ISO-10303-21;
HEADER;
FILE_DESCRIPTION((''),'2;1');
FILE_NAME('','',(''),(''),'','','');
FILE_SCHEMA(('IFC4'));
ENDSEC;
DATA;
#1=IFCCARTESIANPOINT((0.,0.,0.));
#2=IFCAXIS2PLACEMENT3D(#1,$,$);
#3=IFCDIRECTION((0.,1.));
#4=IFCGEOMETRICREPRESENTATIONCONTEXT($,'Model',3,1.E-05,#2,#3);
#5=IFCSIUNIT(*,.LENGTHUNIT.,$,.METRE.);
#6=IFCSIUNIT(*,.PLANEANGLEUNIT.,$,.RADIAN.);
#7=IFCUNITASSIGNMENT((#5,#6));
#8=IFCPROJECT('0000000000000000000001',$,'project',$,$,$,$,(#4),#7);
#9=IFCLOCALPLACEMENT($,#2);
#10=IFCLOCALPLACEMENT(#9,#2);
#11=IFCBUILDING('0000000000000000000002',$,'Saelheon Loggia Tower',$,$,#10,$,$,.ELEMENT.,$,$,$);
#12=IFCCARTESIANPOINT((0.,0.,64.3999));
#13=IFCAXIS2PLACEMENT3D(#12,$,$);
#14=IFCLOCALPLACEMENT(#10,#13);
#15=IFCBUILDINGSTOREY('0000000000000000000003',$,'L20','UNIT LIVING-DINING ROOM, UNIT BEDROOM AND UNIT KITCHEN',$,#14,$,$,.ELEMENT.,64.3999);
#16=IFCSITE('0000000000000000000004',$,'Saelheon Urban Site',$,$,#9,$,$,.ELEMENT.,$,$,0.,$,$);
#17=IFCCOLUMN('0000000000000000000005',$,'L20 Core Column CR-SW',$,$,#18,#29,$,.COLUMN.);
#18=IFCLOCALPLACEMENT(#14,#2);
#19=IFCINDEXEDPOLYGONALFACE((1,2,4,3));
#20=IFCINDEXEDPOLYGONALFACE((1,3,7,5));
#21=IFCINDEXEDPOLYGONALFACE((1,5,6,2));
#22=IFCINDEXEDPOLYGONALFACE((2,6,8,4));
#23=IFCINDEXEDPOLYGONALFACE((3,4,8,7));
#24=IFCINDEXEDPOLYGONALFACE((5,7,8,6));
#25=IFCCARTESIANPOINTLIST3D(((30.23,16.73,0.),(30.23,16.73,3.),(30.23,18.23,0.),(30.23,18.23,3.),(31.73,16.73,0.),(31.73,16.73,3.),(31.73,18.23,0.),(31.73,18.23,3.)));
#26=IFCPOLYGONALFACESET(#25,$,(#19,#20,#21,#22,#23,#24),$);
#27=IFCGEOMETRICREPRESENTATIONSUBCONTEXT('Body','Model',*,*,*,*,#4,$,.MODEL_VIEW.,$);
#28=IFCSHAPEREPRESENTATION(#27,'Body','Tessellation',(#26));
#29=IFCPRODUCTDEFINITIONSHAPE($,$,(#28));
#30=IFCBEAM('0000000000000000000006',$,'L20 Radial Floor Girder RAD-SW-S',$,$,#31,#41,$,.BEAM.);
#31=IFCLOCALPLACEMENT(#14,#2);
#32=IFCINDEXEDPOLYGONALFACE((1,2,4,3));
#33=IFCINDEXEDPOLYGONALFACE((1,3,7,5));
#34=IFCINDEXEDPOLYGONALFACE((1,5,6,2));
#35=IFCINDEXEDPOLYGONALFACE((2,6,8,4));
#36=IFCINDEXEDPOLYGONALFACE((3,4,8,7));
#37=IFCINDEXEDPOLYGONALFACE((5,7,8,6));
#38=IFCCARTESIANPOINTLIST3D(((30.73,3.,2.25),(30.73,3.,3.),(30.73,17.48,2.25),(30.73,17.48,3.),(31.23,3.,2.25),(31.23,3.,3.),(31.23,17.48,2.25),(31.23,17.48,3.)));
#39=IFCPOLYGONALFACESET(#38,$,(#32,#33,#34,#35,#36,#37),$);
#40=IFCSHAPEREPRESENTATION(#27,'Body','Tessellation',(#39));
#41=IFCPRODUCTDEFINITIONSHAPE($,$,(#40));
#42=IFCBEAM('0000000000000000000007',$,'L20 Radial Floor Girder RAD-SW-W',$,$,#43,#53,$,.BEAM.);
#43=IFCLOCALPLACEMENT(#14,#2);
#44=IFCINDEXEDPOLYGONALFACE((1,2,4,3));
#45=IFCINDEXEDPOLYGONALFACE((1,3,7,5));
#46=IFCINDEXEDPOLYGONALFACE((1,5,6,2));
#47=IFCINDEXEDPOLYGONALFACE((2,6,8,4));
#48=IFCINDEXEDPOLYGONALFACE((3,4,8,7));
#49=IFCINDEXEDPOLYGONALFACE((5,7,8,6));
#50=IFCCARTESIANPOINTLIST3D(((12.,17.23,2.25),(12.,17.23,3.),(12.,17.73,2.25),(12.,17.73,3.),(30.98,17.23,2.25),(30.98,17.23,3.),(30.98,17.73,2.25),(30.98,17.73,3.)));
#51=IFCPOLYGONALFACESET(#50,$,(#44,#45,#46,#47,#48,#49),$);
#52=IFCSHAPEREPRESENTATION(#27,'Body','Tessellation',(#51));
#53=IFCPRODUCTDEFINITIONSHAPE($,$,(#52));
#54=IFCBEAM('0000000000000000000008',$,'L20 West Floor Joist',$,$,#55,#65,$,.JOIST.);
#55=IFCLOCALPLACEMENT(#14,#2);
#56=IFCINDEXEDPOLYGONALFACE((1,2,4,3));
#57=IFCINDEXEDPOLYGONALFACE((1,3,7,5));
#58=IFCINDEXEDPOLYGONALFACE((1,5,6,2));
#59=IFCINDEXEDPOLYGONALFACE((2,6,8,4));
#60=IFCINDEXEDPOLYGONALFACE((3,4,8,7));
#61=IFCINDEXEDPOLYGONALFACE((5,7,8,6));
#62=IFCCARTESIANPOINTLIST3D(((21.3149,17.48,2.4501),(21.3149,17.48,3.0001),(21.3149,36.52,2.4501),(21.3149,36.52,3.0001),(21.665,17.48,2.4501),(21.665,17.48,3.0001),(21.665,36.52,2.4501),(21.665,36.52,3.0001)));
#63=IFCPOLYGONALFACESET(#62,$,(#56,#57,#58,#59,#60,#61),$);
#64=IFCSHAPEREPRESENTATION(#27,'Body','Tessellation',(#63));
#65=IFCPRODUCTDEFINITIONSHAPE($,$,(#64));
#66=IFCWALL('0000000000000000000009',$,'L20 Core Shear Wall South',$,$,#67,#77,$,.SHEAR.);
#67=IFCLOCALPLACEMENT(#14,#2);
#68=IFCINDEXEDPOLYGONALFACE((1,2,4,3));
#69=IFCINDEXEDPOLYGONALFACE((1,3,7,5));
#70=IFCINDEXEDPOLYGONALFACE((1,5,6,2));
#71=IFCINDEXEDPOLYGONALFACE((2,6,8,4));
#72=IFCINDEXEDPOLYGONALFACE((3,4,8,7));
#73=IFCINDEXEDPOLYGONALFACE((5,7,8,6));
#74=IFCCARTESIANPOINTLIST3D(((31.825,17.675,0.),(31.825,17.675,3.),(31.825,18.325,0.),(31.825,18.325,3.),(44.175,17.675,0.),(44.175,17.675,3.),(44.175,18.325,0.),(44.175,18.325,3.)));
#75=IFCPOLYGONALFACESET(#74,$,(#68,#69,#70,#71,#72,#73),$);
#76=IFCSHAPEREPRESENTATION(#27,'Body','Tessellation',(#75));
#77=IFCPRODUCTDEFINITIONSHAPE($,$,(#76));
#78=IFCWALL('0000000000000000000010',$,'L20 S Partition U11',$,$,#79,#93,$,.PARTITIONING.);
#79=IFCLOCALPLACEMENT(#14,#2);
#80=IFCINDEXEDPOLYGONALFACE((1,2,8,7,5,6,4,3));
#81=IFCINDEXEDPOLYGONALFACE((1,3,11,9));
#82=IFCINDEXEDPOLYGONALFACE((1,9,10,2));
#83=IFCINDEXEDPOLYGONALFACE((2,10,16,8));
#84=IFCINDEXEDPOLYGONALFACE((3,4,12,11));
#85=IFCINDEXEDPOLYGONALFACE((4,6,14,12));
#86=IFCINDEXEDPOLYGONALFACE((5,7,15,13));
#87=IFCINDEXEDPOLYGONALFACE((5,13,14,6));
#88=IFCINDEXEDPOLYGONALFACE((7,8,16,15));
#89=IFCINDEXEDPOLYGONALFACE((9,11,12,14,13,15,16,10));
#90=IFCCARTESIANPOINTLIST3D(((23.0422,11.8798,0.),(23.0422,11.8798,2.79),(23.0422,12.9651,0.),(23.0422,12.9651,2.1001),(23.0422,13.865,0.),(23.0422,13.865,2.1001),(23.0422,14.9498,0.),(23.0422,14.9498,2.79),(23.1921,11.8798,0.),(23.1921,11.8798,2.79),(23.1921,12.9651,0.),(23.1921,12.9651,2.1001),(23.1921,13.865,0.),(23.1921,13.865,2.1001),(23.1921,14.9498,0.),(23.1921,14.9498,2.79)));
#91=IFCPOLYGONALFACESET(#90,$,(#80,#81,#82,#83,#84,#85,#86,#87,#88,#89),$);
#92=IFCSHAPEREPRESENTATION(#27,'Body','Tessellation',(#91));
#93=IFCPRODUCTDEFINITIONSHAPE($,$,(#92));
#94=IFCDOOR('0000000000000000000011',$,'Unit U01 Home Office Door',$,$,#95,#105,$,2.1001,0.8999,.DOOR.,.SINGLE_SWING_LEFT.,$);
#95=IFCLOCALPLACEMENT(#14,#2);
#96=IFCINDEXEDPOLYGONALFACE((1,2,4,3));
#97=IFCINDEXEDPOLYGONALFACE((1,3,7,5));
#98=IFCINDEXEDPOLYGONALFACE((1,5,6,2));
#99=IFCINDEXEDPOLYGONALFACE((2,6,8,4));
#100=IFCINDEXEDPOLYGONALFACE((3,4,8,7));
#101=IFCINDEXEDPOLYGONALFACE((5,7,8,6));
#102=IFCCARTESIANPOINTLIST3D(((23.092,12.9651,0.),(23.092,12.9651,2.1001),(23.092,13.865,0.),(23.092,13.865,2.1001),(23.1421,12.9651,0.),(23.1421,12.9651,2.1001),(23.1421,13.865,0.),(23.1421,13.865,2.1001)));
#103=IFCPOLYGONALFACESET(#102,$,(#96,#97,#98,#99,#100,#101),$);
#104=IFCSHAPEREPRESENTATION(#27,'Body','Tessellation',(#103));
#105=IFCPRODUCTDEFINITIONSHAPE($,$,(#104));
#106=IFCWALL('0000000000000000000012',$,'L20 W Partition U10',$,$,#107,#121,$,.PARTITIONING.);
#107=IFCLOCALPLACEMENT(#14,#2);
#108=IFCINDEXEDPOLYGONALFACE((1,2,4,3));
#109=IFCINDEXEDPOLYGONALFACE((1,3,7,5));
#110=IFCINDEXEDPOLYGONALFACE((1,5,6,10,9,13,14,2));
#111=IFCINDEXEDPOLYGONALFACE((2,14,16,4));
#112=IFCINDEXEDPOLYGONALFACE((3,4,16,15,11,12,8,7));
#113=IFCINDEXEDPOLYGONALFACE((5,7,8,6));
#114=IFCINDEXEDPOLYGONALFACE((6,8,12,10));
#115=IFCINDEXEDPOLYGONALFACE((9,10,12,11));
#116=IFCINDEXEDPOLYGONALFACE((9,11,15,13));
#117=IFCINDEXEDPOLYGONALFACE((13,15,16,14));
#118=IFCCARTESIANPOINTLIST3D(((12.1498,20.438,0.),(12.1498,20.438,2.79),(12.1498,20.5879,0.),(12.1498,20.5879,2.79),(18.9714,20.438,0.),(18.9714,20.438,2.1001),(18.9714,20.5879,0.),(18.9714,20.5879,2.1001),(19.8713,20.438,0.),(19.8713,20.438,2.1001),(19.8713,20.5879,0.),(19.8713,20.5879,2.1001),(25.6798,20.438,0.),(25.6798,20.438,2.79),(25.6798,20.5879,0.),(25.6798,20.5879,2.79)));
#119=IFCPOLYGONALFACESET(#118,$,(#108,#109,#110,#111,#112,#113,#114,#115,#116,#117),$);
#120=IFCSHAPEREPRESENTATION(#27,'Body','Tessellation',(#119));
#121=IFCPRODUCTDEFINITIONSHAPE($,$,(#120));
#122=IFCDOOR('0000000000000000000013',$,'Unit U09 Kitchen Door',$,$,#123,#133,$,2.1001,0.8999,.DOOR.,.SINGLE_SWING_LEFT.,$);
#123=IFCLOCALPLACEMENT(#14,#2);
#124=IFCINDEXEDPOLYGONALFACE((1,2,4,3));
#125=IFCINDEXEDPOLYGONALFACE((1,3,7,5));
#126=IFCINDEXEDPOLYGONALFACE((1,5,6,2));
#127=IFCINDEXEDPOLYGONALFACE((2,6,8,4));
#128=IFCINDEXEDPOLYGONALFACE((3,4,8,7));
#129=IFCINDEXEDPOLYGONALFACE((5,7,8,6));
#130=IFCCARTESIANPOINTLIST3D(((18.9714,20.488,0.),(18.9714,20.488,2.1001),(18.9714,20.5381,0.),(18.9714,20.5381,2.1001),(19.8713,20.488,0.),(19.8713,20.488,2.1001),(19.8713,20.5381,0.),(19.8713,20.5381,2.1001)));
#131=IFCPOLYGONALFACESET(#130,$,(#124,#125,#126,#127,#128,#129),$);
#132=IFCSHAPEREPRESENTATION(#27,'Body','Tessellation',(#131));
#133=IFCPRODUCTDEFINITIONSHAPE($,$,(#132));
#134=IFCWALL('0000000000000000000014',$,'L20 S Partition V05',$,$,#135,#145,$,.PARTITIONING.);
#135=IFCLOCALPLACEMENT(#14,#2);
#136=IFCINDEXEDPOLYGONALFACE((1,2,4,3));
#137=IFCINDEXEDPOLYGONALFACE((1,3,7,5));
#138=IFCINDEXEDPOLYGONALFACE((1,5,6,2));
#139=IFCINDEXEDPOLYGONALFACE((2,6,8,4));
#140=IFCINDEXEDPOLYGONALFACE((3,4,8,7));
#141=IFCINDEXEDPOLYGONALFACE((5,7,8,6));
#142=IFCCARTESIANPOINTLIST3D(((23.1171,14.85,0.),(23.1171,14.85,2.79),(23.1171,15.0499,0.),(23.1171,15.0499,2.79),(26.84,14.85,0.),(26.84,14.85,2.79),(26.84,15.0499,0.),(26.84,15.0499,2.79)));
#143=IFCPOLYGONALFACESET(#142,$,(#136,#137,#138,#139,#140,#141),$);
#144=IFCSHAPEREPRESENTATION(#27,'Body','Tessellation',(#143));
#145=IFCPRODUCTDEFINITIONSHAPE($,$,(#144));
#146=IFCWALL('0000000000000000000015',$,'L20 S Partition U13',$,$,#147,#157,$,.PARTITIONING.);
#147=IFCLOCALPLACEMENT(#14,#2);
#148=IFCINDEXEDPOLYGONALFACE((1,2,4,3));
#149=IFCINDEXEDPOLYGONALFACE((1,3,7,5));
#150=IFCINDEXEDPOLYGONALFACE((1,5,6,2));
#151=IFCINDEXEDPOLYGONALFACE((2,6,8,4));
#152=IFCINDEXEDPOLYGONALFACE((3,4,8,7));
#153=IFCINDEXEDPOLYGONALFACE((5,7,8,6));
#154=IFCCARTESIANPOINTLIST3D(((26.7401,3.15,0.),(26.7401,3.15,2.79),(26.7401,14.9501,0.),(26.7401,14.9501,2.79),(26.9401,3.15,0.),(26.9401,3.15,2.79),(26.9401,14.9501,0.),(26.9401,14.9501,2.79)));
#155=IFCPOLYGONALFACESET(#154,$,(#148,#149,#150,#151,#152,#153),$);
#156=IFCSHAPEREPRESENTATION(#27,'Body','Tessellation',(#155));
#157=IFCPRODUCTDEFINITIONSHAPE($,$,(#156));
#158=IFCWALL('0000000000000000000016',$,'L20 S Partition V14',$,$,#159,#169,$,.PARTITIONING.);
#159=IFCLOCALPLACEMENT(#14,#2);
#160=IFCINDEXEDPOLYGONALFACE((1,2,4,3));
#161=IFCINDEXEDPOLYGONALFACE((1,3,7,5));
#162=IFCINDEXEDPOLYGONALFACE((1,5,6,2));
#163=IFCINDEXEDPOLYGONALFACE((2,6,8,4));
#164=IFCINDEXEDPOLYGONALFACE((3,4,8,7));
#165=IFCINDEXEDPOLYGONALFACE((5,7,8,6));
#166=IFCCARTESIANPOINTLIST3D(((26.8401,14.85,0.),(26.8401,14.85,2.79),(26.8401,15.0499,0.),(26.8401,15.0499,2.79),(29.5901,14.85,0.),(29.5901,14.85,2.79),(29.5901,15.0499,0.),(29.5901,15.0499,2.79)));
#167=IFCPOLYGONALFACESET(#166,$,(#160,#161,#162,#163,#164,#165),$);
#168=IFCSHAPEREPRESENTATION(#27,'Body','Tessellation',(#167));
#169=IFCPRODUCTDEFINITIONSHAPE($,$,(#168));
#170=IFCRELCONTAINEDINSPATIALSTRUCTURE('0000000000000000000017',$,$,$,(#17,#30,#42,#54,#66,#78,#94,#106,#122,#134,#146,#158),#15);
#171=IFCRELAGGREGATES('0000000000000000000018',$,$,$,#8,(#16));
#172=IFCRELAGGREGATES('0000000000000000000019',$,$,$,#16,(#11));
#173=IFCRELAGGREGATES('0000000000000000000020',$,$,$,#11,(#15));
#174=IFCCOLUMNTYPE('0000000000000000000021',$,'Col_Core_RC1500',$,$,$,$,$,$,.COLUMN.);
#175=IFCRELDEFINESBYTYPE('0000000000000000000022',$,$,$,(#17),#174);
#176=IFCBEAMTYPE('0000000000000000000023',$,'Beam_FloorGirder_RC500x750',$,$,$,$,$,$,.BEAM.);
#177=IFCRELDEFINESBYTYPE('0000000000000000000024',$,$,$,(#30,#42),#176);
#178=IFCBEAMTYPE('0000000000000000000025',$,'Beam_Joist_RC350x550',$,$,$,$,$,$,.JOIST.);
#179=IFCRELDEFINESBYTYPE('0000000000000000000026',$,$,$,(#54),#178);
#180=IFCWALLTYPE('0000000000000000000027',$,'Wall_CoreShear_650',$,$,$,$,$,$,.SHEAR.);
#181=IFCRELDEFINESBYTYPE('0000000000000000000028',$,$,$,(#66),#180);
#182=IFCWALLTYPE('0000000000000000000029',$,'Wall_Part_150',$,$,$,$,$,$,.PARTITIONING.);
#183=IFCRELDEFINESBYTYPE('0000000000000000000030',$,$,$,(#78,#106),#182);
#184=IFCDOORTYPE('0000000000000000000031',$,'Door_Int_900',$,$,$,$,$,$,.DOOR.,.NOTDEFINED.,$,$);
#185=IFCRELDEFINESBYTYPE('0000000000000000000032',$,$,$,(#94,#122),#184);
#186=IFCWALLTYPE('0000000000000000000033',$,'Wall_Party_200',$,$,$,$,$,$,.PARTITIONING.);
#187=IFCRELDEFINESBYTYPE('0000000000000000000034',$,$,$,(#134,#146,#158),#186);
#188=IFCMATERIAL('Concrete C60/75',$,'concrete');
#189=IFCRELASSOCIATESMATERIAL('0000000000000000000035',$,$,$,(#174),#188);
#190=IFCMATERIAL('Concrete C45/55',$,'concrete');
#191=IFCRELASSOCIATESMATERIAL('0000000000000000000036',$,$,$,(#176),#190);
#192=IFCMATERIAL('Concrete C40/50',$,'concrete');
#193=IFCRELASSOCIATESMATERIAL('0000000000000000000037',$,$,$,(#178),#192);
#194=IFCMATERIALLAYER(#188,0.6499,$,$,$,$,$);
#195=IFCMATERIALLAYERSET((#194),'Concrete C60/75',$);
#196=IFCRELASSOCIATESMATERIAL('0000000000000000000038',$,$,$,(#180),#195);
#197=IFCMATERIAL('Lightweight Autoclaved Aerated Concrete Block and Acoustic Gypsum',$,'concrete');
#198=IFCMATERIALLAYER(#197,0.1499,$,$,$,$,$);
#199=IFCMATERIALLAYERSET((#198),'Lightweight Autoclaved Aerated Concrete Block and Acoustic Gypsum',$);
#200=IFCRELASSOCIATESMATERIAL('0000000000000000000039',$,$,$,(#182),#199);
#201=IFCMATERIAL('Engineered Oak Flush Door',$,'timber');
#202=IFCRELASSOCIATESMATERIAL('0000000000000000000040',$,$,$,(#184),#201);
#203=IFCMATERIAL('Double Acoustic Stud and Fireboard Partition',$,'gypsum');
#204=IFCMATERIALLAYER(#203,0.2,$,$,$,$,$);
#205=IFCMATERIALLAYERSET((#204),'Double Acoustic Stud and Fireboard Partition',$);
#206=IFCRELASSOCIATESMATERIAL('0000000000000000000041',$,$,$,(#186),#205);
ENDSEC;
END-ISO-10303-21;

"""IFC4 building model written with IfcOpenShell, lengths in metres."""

from ifc_helpers import new_model, si_unit, direction, frame, frame_2d, origin, origin_2d, place, context, subcontext, project, spatial, rectangle, extrude, source, transform, mapped, material, layer, layer_set, material_profile, profile_set, type_object, element, fill, save


model = new_model("IFC4")

# Units and contexts
model_context = context("Model", 3, precision=1e-05, world=origin(), true_north=direction((0.0, 1.0)))
body_context = subcontext(model_context, "Body", "Model", "MODEL_VIEW")
ifc_project = project(units=[si_unit("LENGTHUNIT", "METRE"), si_unit("PLANEANGLEUNIT", "RADIAN")], contexts=[model_context])

# Site, building, storey
site_placement = place(None, origin())
site = spatial("IfcSite", under=ifc_project, at=site_placement, Name="Saelheon Urban Site", CompositionType="ELEMENT", RefElevation=0.0)
building_placement = place(site_placement, origin())
building = spatial("IfcBuilding", under=site, at=building_placement, Name="Saelheon Loggia Tower", CompositionType="ELEMENT")
storey_placement = place(building_placement, frame((0.0, 0.0, 64.3999)))
storey = spatial("IfcBuildingStorey", under=building, at=storey_placement, Name="L20", Description="UNIT LIVING-DINING ROOM, UNIT BEDROOM AND UNIT KITCHEN", CompositionType="ELEMENT", Elevation=64.3999)

# Column
ifc_material_1 = material(Name="Concrete C60/75", Category="concrete")
ifc_material_profile_1 = material_profile(ifc_material_1, rectangle(XDim=1.5, YDim=1.5, at=origin_2d()), Name="RC-1500x1500")
ifc_profile_set_1 = profile_set([ifc_material_profile_1], Name="Concrete C60/75")
column_type = type_object("IfcColumnType", Name="Col_Core_RC1500", PredefinedType="COLUMN", material=ifc_profile_set_1)
shared_shape_1 = source(origin(), body_context, "Body", "SweptSolid", [
    extrude(rectangle(XDim=1.5, YDim=1.5, at=origin_2d()), origin(), (0.0, 0.0, 1.0), 3.0),
])
column_placement = place(storey_placement, frame((30.98, 17.48, 0.0), z_axis=(0.0, 0.0, 1.0), x_axis=(1.0, 0.0, 0.0)))
element("IfcColumn", 1, at=column_placement, inside=storey, type_object=column_type, Name="L20 Core Column CR-SW", PredefinedType="COLUMN", context=body_context, shape_type="MappedRepresentation", body=[
    mapped(shared_shape_1, transform((0.0, 0.0, 0.0), scale=1.0)),
])

# Beams
ifc_material_2 = material(Name="Concrete C45/55", Category="concrete")
ifc_material_profile_2 = material_profile(ifc_material_2, rectangle(XDim=0.5, YDim=0.75, at=origin_2d()), Name="RC-500x750")
ifc_profile_set_2 = profile_set([ifc_material_profile_2], Name="Concrete C45/55")
beam_type_1 = type_object("IfcBeamType", Name="Beam_FloorGirder_RC500x750", PredefinedType="BEAM", material=ifc_profile_set_2)
shared_shape_2 = source(origin(), body_context, "Body", "SweptSolid", [
    extrude(rectangle(XDim=0.5, YDim=0.75, at=origin_2d()), origin(), (0.0, 0.0, 1.0), 14.48),
])
beam_1_placement = place(storey_placement, frame((30.98, 17.48, 2.625), z_axis=(0.0, -1.0, 0.0), x_axis=(1.0, 0.0, 0.0)))
element("IfcBeam", 2, at=beam_1_placement, inside=storey, type_object=beam_type_1, Name="L20 Radial Floor Girder RAD-SW-S", PredefinedType="BEAM", context=body_context, shape_type="MappedRepresentation", body=[
    mapped(shared_shape_2, transform((0.0, 0.0, 0.0), scale=1.0)),
])
shared_shape_3 = source(origin(), body_context, "Body", "SweptSolid", [
    extrude(rectangle(XDim=0.5, YDim=0.75, at=origin_2d()), origin(), (0.0, 0.0, 1.0), 18.98),
])
beam_2_placement = place(storey_placement, frame((30.98, 17.48, 2.625), z_axis=(-1.0, 0.0, 0.0), x_axis=(0.0, -1.0, 0.0)))
element("IfcBeam", 3, at=beam_2_placement, inside=storey, type_object=beam_type_1, Name="L20 Radial Floor Girder RAD-SW-W", PredefinedType="BEAM", context=body_context, shape_type="MappedRepresentation", body=[
    mapped(shared_shape_3, transform((0.0, 0.0, 0.0), scale=1.0)),
])
ifc_material_3 = material(Name="Concrete C40/50", Category="concrete")
ifc_material_profile_3 = material_profile(ifc_material_3, rectangle(XDim=0.3501, YDim=0.55, at=origin_2d()), Name="RC-350x550")
ifc_profile_set_3 = profile_set([ifc_material_profile_3], Name="Concrete C40/50")
beam_type_2 = type_object("IfcBeamType", Name="Beam_Joist_RC350x550", PredefinedType="JOIST", material=ifc_profile_set_3)
shared_shape_4 = source(origin(), body_context, "Body", "SweptSolid", [
    extrude(rectangle(XDim=0.3501, YDim=0.55, at=origin_2d()), origin(), (0.0, 0.0, 1.0), 19.04),
])
beam_3_placement = place(storey_placement, frame((21.49, 17.48, 2.7251), z_axis=(0.0, 1.0, 0.0), x_axis=(-1.0, 0.0, 0.0)))
element("IfcBeam", 4, at=beam_3_placement, inside=storey, type_object=beam_type_2, Name="L20 West Floor Joist", PredefinedType="JOIST", context=body_context, shape_type="MappedRepresentation", body=[
    mapped(shared_shape_4, transform((0.0, 0.0, 0.0), scale=1.0)),
])

# Shared definitions
ifc_layer_1 = layer(ifc_material_1, 0.6499)
ifc_layer_set_1 = layer_set([ifc_layer_1], Name="Concrete C60/75")
wall_type_1 = type_object("IfcWallType", Name="Wall_CoreShear_650", PredefinedType="SHEAR", material=ifc_layer_set_1)

# Wall
wall_1_placement = place(storey_placement, frame((31.825, 18.0, 0.0), z_axis=(0.0, 0.0, 1.0), x_axis=(1.0, 0.0, 0.0)))
element("IfcWall", 5, at=wall_1_placement, inside=storey, type_object=wall_type_1, Name="L20 Core Shear Wall South", PredefinedType="SHEAR", context=body_context, shape_type="SweptSolid", body=[
    extrude(rectangle(XDim=12.3501, YDim=0.6499, at=frame_2d((6.175, 0.0))), origin(), (0.0, 0.0, 1.0), 3.0),
])

# Walls, openings, doors
ifc_material_4 = material(Name="Lightweight Autoclaved Aerated Concrete Block and Acoustic Gypsum", Category="concrete")
ifc_layer_2 = layer(ifc_material_4, 0.1499)
ifc_layer_set_2 = layer_set([ifc_layer_2], Name="Lightweight Autoclaved Aerated Concrete Block and Acoustic Gypsum")
wall_type_2 = type_object("IfcWallType", Name="Wall_Part_150", PredefinedType="PARTITIONING", material=ifc_layer_set_2)
wall_2_placement = place(storey_placement, frame((23.1172, 14.95, 0.0), z_axis=(0.0, 0.0, 1.0), x_axis=(0.0, -1.0, 0.0)))
wall_2 = element("IfcWall", 6, at=wall_2_placement, inside=storey, type_object=wall_type_2, Name="L20 S Partition U11", PredefinedType="PARTITIONING", context=body_context, shape_type="SweptSolid", body=[
    extrude(rectangle(XDim=3.0701, YDim=0.1499, at=frame_2d((1.5352, 0.0))), origin(), (0.0, 0.0, 1.0), 2.79),
])
opening_1_placement = place(wall_2_placement, frame((1.085, 0.0, 0.0)))
opening_1 = element("IfcOpeningElement", 7, at=opening_1_placement, cuts=wall_2, PredefinedType="OPENING", context=body_context, shape_type="SweptSolid", body=[
    extrude(rectangle(XDim=0.8999, YDim=2.1001, at=frame_2d((0.45, 1.05))), frame((0.0, 0.0869, 0.0), z_axis=(0.0, -1.0, 0.0), x_axis=(1.0, 0.0, 0.0)), (0.0, 0.0, 1.0), 0.1738),
])
ifc_material_5 = material(Name="Engineered Oak Flush Door", Category="timber")
door_type_1 = type_object("IfcDoorType", Name="Door_Int_900", OperationType="NOTDEFINED", PredefinedType="DOOR", material=ifc_material_5)
shared_shape_5 = source(origin(), body_context, "Body", "SweptSolid", [
    extrude(rectangle(XDim=0.8999, YDim=2.1001, at=frame_2d((0.45, 1.05))), frame((0.0, 0.0249, 0.0), z_axis=(0.0, -1.0, 0.0), x_axis=(1.0, 0.0, 0.0)), (0.0, 0.0, 1.0), 0.05),
])
door_1_placement = place(opening_1_placement, origin())
door_1 = element("IfcDoor", 8, at=door_1_placement, inside=storey, type_object=door_type_1, Name="Unit U01 Home Office Door", OperationType="SINGLE_SWING_LEFT", OverallHeight=2.1001, OverallWidth=0.8999, PredefinedType="DOOR", context=body_context, shape_type="MappedRepresentation", body=[
    mapped(shared_shape_5, transform((0.0, 0.0, 0.0), scale=1.0)),
])
fill(opening_1, door_1)
wall_3_placement = place(storey_placement, frame((25.6799, 20.5129, 0.0), z_axis=(0.0, 0.0, 1.0), x_axis=(-1.0, 0.0, 0.0)))
wall_3 = element("IfcWall", 9, at=wall_3_placement, inside=storey, type_object=wall_type_2, Name="L20 W Partition U10", PredefinedType="PARTITIONING", context=body_context, shape_type="SweptSolid", body=[
    extrude(rectangle(XDim=13.53, YDim=0.1499, at=frame_2d((6.7651, 0.0))), origin(), (0.0, 0.0, 1.0), 2.79),
])
opening_2_placement = place(wall_3_placement, frame((5.8086, 0.0, 0.0)))
opening_2 = element("IfcOpeningElement", 10, at=opening_2_placement, cuts=wall_3, PredefinedType="OPENING", context=body_context, shape_type="SweptSolid", body=[
    extrude(rectangle(XDim=0.8999, YDim=2.1001, at=frame_2d((0.45, 1.05))), frame((0.0, 0.0869, 0.0), z_axis=(0.0, -1.0, 0.0), x_axis=(1.0, 0.0, 0.0)), (0.0, 0.0, 1.0), 0.1738),
])
door_2_placement = place(opening_2_placement, origin())
door_2 = element("IfcDoor", 11, at=door_2_placement, inside=storey, type_object=door_type_1, Name="Unit U09 Kitchen Door", OperationType="SINGLE_SWING_LEFT", OverallHeight=2.1001, OverallWidth=0.8999, PredefinedType="DOOR", context=body_context, shape_type="MappedRepresentation", body=[
    mapped(shared_shape_5, transform((0.0, 0.0, 0.0), scale=1.0)),
])
fill(opening_2, door_2)

# Walls
ifc_material_6 = material(Name="Double Acoustic Stud and Fireboard Partition", Category="gypsum")
ifc_layer_3 = layer(ifc_material_6, 0.2)
ifc_layer_set_3 = layer_set([ifc_layer_3], Name="Double Acoustic Stud and Fireboard Partition")
wall_type_3 = type_object("IfcWallType", Name="Wall_Party_200", PredefinedType="PARTITIONING", material=ifc_layer_set_3)
wall_4_placement = place(storey_placement, frame((23.1172, 14.95, 0.0), z_axis=(0.0, 0.0, 1.0), x_axis=(1.0, 0.0, 0.0)))
element("IfcWall", 12, at=wall_4_placement, inside=storey, type_object=wall_type_3, Name="L20 S Partition V05", PredefinedType="PARTITIONING", context=body_context, shape_type="SweptSolid", body=[
    extrude(rectangle(XDim=3.7229, YDim=0.2, at=frame_2d((1.8613, 0.0))), origin(), (0.0, 0.0, 1.0), 2.79),
])
wall_5_placement = place(storey_placement, frame((26.8401, 14.95, 0.0), z_axis=(0.0, 0.0, 1.0), x_axis=(0.0, -1.0, 0.0)))
element("IfcWall", 13, at=wall_5_placement, inside=storey, type_object=wall_type_3, Name="L20 S Partition U13", PredefinedType="PARTITIONING", context=body_context, shape_type="SweptSolid", body=[
    extrude(rectangle(XDim=11.8, YDim=0.2, at=frame_2d((5.8999, 0.0))), origin(), (0.0, 0.0, 1.0), 2.79),
])
wall_6_placement = place(storey_placement, frame((26.8401, 14.95, 0.0), z_axis=(0.0, 0.0, 1.0), x_axis=(1.0, 0.0, 0.0)))
element("IfcWall", 14, at=wall_6_placement, inside=storey, type_object=wall_type_3, Name="L20 S Partition V14", PredefinedType="PARTITIONING", context=body_context, shape_type="SweptSolid", body=[
    extrude(rectangle(XDim=2.75, YDim=0.2, at=frame_2d((1.375, 0.0))), origin(), (0.0, 0.0, 1.0), 2.79),
])

save(model, "model.ifc")
